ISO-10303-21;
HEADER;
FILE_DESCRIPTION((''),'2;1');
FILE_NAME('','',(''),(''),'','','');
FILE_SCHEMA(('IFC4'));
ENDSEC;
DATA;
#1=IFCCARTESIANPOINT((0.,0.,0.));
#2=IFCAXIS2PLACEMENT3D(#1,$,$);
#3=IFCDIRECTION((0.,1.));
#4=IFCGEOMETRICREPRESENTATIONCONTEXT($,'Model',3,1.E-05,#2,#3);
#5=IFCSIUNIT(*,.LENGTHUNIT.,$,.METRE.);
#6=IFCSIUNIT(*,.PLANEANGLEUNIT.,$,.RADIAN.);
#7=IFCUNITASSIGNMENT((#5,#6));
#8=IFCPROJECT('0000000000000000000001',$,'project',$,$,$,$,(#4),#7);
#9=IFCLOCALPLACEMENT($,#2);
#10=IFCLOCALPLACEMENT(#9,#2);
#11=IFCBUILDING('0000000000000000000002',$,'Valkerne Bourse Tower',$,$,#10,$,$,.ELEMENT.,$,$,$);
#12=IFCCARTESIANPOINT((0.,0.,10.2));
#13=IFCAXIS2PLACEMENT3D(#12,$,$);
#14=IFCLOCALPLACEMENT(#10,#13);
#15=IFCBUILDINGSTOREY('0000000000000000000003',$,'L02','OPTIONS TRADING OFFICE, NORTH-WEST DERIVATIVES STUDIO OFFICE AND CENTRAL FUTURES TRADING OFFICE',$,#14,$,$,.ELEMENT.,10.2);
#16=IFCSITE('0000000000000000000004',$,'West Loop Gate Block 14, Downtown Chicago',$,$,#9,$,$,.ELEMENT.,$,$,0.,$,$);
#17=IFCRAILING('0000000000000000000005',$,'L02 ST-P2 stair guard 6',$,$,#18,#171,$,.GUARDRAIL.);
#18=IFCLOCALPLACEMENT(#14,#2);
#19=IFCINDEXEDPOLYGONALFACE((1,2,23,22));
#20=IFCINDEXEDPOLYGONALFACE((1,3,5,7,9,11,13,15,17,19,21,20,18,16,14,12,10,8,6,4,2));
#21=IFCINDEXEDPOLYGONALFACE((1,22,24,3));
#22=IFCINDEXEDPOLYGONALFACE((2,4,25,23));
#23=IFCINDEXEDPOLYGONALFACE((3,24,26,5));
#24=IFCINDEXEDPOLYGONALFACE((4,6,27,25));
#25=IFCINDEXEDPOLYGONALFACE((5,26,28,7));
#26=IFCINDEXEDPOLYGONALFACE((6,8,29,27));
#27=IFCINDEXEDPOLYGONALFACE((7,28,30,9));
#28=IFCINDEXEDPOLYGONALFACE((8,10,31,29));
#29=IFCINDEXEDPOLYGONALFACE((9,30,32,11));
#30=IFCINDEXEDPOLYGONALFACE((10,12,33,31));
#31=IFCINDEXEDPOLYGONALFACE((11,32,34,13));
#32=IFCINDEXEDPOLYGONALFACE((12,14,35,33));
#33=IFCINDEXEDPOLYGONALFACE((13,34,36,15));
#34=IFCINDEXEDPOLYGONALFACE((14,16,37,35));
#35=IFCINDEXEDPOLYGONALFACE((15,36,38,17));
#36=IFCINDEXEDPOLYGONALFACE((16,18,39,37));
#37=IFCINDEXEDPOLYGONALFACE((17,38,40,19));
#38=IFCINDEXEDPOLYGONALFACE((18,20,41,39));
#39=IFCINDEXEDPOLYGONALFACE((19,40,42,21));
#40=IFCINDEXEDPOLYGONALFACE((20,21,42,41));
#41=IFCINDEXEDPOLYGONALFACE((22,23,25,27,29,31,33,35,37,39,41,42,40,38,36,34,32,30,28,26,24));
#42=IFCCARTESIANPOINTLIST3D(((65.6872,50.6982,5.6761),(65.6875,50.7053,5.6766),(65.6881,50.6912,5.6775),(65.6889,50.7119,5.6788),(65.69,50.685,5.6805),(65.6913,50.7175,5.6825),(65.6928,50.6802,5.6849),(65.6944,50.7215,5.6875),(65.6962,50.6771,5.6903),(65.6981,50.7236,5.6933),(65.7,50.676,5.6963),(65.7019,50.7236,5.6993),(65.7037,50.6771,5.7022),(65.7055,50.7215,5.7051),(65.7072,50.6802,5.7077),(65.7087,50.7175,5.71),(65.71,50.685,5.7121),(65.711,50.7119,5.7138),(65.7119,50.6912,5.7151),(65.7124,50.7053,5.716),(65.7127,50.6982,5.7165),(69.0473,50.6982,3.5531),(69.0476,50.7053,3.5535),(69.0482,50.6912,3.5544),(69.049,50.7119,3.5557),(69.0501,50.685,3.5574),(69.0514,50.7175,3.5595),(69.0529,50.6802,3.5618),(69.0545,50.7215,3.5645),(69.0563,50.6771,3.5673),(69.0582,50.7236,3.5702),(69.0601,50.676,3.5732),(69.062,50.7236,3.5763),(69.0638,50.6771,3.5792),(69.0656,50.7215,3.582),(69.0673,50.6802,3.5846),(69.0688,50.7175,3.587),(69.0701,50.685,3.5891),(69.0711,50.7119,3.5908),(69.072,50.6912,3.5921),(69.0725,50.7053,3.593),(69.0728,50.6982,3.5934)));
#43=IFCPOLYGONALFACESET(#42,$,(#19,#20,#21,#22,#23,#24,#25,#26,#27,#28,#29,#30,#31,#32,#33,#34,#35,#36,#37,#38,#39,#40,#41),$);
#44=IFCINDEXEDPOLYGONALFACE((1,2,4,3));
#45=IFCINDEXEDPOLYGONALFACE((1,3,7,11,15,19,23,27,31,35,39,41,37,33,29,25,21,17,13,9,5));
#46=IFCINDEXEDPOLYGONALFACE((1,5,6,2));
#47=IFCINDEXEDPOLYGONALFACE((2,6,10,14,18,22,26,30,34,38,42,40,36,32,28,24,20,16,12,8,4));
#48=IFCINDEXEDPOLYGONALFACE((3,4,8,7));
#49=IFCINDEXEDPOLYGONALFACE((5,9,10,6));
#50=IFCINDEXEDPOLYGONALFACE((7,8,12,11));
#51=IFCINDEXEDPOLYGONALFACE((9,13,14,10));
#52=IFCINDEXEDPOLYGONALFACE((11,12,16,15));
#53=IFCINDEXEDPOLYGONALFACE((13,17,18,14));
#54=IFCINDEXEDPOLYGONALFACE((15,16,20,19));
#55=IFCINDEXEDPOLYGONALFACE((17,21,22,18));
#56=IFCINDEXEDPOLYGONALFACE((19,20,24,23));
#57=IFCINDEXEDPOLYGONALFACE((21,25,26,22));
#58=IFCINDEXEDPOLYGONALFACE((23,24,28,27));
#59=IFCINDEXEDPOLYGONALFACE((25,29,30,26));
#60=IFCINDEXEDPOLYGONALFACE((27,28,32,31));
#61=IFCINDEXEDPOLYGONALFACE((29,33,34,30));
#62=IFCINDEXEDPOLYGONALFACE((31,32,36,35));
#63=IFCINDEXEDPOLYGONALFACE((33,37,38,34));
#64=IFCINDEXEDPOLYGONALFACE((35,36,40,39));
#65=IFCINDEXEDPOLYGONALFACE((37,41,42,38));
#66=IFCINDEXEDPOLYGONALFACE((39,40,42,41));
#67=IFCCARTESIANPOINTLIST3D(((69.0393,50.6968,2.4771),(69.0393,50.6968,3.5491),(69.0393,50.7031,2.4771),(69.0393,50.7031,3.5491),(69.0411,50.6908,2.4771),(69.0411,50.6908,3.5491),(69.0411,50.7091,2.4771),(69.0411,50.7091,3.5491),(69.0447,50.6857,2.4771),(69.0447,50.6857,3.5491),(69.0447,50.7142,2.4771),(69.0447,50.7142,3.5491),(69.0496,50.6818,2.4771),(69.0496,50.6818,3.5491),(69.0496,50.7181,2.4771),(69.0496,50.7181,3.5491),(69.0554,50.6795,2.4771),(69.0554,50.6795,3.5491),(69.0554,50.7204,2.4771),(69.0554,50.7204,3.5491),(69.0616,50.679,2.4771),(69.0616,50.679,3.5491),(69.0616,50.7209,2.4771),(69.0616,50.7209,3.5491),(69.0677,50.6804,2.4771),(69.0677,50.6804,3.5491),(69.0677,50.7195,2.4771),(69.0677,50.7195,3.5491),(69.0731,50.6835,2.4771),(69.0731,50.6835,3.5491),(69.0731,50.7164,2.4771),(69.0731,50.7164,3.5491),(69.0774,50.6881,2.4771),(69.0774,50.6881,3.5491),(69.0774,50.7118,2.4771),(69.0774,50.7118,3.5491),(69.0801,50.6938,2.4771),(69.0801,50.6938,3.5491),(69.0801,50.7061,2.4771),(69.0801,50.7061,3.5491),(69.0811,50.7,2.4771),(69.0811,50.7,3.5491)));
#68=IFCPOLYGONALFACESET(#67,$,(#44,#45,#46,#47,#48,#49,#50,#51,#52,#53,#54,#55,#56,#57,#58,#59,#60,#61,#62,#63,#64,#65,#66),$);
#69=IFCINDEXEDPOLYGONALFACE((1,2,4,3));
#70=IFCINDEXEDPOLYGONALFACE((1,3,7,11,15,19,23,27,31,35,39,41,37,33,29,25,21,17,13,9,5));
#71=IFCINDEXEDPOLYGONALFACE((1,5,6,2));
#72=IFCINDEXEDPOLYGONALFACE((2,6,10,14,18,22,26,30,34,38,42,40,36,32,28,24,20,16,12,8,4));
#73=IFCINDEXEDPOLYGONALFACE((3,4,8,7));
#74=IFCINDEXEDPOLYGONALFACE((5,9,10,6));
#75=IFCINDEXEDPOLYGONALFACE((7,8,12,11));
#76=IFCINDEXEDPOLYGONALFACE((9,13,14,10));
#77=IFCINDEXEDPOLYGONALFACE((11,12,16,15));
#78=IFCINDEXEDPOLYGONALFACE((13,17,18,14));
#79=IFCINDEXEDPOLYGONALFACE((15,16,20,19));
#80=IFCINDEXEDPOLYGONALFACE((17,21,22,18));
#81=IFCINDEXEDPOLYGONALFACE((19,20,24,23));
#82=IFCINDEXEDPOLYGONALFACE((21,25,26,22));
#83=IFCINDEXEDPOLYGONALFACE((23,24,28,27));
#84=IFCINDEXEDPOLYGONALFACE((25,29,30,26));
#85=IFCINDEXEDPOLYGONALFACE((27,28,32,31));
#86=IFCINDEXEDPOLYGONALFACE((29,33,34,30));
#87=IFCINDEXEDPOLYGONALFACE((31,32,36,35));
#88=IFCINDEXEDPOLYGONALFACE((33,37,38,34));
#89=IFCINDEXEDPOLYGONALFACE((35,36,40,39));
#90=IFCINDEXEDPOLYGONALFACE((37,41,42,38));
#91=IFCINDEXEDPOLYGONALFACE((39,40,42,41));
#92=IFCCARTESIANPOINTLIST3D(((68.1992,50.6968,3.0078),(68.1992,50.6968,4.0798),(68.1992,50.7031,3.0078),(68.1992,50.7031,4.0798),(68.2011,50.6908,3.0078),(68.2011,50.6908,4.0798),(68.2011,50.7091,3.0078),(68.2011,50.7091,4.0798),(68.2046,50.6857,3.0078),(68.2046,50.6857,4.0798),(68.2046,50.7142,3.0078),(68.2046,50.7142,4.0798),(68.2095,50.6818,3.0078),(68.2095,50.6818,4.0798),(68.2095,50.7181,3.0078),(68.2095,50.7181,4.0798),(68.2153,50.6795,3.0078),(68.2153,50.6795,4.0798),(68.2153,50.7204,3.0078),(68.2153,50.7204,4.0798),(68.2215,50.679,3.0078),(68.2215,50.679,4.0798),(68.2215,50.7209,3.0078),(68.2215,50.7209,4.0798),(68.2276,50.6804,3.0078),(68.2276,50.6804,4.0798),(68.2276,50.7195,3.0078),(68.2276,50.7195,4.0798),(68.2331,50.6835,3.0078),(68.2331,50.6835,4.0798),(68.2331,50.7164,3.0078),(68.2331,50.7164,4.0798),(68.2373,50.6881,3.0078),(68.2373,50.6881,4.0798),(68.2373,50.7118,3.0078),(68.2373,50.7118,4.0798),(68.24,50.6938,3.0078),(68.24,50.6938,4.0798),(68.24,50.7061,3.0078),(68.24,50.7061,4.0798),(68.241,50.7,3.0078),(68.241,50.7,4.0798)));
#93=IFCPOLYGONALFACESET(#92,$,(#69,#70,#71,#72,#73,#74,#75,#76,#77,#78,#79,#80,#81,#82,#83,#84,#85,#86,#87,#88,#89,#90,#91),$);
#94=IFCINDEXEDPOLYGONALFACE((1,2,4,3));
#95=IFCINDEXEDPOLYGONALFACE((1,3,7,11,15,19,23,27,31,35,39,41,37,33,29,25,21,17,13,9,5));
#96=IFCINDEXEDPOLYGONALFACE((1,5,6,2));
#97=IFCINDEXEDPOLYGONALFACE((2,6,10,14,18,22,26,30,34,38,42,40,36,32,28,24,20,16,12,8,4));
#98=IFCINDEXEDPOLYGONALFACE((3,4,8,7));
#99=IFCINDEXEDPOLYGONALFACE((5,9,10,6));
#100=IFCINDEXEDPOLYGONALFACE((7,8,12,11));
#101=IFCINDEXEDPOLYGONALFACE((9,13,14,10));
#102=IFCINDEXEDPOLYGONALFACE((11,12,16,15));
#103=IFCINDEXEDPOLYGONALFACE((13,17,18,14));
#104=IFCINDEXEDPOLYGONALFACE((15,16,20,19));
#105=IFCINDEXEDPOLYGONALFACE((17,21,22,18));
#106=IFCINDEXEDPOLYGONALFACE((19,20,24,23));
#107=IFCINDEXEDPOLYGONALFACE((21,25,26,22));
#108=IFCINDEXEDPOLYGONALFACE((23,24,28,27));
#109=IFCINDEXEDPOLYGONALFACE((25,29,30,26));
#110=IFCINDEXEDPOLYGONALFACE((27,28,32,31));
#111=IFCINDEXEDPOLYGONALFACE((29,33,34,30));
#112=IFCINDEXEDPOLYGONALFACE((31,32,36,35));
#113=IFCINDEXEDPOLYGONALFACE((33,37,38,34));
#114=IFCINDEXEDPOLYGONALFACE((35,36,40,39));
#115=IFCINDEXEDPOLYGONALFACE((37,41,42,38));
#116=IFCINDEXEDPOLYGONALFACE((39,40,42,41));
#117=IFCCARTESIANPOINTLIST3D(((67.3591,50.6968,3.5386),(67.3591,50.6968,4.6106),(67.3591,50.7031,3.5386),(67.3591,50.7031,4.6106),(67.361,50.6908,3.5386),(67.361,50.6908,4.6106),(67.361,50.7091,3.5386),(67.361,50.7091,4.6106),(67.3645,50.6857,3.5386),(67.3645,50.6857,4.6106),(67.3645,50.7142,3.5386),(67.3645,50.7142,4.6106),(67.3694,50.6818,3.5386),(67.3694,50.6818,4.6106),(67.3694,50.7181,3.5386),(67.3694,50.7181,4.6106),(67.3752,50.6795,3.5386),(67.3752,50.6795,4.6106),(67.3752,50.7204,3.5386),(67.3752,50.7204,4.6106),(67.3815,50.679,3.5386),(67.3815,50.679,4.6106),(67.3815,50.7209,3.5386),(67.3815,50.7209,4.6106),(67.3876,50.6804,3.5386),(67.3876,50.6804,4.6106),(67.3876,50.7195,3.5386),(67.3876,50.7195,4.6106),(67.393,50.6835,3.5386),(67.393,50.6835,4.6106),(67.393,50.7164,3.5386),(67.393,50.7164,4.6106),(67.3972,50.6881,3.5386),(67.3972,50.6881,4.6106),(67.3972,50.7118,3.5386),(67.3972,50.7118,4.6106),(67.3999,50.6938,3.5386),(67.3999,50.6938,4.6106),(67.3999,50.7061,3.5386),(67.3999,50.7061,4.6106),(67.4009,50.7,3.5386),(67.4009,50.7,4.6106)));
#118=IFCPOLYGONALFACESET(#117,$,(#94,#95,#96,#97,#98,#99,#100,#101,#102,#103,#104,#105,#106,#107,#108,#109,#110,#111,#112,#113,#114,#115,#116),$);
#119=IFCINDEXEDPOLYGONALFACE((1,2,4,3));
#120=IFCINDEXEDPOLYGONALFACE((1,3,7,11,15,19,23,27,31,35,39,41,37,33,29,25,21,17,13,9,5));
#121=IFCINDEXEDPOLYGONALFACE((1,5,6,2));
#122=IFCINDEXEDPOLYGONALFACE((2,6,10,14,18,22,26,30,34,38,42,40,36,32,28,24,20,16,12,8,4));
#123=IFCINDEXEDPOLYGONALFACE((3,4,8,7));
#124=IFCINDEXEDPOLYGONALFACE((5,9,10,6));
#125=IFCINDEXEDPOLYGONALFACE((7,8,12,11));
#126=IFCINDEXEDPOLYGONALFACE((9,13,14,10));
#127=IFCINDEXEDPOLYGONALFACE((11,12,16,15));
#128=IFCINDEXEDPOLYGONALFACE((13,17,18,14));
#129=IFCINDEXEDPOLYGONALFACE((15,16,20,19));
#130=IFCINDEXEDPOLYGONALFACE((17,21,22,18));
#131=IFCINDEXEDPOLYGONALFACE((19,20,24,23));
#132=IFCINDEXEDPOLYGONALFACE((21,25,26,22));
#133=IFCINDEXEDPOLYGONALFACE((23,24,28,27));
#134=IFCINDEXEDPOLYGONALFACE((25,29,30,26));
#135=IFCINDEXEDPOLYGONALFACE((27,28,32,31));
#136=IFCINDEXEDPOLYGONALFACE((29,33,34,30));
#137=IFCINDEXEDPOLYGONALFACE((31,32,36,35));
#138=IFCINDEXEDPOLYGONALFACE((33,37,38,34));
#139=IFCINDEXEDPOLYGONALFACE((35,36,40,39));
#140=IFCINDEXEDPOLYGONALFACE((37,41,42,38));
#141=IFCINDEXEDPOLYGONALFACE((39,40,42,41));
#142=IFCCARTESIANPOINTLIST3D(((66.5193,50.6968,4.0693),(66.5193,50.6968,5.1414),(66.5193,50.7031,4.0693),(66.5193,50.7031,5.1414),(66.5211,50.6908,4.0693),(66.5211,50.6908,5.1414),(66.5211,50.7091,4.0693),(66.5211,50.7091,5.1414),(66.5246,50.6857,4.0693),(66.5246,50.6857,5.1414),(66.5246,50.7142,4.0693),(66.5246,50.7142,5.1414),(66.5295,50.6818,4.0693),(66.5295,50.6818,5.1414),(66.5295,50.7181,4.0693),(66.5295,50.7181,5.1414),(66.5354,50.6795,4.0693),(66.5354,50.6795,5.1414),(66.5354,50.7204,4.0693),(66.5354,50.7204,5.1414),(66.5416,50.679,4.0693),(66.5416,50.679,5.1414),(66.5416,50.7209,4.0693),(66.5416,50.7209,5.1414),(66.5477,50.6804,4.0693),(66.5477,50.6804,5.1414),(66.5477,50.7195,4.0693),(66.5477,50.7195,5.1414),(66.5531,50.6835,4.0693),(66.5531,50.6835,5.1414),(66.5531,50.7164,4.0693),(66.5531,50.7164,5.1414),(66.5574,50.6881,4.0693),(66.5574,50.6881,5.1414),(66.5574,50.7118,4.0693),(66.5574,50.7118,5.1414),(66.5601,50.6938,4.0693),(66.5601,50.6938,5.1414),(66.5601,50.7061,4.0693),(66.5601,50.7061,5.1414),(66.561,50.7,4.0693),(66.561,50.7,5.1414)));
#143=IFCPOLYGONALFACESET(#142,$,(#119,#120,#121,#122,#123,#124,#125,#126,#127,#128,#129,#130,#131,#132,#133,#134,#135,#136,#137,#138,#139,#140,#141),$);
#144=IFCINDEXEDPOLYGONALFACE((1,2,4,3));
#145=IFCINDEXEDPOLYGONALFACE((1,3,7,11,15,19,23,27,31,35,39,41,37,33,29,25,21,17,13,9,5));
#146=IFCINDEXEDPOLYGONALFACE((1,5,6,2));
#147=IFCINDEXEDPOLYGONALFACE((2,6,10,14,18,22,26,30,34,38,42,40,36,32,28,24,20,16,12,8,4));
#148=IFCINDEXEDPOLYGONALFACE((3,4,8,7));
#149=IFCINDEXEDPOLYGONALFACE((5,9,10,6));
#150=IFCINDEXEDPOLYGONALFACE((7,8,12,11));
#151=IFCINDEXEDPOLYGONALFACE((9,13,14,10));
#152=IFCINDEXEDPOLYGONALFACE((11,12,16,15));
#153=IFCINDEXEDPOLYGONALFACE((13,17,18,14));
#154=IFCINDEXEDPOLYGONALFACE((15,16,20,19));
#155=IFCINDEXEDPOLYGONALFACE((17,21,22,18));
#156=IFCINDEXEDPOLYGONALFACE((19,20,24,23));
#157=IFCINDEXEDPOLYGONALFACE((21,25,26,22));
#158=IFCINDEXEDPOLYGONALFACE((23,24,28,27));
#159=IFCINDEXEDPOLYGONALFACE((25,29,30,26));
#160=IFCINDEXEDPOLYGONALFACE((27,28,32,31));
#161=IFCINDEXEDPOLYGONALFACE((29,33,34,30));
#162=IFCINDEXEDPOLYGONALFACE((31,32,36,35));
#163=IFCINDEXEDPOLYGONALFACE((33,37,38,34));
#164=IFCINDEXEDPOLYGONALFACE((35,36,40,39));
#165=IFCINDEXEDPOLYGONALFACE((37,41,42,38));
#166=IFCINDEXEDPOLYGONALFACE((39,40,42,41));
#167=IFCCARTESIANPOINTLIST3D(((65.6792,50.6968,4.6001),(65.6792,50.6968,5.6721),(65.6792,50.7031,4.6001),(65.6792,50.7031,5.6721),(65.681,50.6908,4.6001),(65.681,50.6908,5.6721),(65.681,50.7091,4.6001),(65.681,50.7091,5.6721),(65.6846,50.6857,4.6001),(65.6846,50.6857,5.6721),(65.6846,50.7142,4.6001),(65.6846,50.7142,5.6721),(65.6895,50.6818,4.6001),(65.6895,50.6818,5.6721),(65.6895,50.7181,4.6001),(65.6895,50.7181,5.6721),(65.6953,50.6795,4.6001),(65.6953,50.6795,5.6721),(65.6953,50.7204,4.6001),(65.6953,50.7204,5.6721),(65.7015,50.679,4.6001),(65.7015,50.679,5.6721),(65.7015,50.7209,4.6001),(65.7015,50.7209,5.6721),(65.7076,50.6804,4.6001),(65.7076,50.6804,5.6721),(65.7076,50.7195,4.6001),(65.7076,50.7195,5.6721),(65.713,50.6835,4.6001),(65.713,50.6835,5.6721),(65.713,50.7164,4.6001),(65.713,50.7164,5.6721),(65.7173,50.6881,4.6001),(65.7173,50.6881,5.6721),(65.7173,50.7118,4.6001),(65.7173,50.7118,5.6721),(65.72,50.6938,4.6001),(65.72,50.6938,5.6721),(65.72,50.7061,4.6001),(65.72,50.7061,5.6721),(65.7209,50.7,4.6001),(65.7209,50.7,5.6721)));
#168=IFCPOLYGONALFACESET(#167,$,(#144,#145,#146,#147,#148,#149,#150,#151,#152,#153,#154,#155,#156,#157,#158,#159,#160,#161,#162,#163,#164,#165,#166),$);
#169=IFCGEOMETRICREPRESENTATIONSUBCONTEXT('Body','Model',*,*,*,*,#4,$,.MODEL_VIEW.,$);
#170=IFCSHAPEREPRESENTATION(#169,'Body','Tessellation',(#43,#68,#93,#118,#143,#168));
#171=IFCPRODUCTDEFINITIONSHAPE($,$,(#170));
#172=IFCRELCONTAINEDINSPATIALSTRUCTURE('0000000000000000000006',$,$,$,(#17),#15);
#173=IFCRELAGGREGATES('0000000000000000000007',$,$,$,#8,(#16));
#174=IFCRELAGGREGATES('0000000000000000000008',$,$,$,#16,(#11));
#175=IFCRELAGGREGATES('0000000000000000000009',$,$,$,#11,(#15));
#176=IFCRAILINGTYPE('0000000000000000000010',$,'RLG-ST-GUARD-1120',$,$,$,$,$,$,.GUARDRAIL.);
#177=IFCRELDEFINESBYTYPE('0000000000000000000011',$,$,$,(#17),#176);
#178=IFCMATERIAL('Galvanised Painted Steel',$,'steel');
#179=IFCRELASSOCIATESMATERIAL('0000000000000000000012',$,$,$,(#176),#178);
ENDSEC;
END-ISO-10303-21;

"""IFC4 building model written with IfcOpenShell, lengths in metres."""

from ifc_helpers import new_model, si_unit, direction, frame, origin, origin_2d, place, context, subcontext, project, spatial, circle, extrude, material, type_object, element, save


model = new_model("IFC4")

# Units and contexts
model_context = context("Model", 3, precision=1e-05, world=origin(), true_north=direction((0.0, 1.0)))
body_context = subcontext(model_context, "Body", "Model", "MODEL_VIEW")
ifc_project = project(units=[si_unit("LENGTHUNIT", "METRE"), si_unit("PLANEANGLEUNIT", "RADIAN")], contexts=[model_context])

# Site, building, storey
site_placement = place(None, origin())
site = spatial("IfcSite", under=ifc_project, at=site_placement, Name="West Loop Gate Block 14, Downtown Chicago", CompositionType="ELEMENT", RefElevation=0.0)
building_placement = place(site_placement, origin())
building = spatial("IfcBuilding", under=site, at=building_placement, Name="Valkerne Bourse Tower", CompositionType="ELEMENT")
storey_placement = place(building_placement, frame((0.0, 0.0, 10.2)))
storey = spatial("IfcBuildingStorey", under=building, at=storey_placement, Name="L02", Description="OPTIONS TRADING OFFICE, NORTH-WEST DERIVATIVES STUDIO OFFICE AND CENTRAL FUTURES TRADING OFFICE", CompositionType="ELEMENT", Elevation=10.2)

# Railing
ifc_material_1 = material(Name="Galvanised Painted Steel", Category="steel")
railing_type_1 = type_object("IfcRailingType", Name="RLG-ST-GUARD-1120", PredefinedType="GUARDRAIL", material=ifc_material_1)
railing_1_placement = place(storey_placement, frame((69.0601, 50.7, 2.4771)))
element("IfcRailing", 1, at=railing_1_placement, inside=storey, type_object=railing_type_1, Name="L02 ST-P2 stair guard 6", PredefinedType="GUARDRAIL", context=body_context, shape_type="SweptSolid", body=[
    extrude(circle(Radius=0.0239, at=origin_2d()), frame((0.0, 0.0, 1.0962), z_axis=(-0.84539, 0.0, 0.53415), x_axis=(0.0, -1.0, 0.0)), (0.0, 0.0, 1.0), 3.9746),
    extrude(circle(Radius=0.021, at=origin_2d()), origin(), (0.0, 0.0, 1.0), 1.072),
    extrude(circle(Radius=0.021, at=origin_2d()), frame((-0.8401, 0.0, 0.5308)), (0.0, 0.0, 1.0), 1.072),
    extrude(circle(Radius=0.021, at=origin_2d()), frame((-1.6802, 0.0, 1.0615)), (0.0, 0.0, 1.0), 1.072),
    extrude(circle(Radius=0.021, at=origin_2d()), frame((-2.52, 0.0, 1.5923)), (0.0, 0.0, 1.0), 1.072),
    extrude(circle(Radius=0.021, at=origin_2d()), frame((-3.3601, 0.0, 2.123)), (0.0, 0.0, 1.0), 1.072),
])

save(model, "model.ifc")
